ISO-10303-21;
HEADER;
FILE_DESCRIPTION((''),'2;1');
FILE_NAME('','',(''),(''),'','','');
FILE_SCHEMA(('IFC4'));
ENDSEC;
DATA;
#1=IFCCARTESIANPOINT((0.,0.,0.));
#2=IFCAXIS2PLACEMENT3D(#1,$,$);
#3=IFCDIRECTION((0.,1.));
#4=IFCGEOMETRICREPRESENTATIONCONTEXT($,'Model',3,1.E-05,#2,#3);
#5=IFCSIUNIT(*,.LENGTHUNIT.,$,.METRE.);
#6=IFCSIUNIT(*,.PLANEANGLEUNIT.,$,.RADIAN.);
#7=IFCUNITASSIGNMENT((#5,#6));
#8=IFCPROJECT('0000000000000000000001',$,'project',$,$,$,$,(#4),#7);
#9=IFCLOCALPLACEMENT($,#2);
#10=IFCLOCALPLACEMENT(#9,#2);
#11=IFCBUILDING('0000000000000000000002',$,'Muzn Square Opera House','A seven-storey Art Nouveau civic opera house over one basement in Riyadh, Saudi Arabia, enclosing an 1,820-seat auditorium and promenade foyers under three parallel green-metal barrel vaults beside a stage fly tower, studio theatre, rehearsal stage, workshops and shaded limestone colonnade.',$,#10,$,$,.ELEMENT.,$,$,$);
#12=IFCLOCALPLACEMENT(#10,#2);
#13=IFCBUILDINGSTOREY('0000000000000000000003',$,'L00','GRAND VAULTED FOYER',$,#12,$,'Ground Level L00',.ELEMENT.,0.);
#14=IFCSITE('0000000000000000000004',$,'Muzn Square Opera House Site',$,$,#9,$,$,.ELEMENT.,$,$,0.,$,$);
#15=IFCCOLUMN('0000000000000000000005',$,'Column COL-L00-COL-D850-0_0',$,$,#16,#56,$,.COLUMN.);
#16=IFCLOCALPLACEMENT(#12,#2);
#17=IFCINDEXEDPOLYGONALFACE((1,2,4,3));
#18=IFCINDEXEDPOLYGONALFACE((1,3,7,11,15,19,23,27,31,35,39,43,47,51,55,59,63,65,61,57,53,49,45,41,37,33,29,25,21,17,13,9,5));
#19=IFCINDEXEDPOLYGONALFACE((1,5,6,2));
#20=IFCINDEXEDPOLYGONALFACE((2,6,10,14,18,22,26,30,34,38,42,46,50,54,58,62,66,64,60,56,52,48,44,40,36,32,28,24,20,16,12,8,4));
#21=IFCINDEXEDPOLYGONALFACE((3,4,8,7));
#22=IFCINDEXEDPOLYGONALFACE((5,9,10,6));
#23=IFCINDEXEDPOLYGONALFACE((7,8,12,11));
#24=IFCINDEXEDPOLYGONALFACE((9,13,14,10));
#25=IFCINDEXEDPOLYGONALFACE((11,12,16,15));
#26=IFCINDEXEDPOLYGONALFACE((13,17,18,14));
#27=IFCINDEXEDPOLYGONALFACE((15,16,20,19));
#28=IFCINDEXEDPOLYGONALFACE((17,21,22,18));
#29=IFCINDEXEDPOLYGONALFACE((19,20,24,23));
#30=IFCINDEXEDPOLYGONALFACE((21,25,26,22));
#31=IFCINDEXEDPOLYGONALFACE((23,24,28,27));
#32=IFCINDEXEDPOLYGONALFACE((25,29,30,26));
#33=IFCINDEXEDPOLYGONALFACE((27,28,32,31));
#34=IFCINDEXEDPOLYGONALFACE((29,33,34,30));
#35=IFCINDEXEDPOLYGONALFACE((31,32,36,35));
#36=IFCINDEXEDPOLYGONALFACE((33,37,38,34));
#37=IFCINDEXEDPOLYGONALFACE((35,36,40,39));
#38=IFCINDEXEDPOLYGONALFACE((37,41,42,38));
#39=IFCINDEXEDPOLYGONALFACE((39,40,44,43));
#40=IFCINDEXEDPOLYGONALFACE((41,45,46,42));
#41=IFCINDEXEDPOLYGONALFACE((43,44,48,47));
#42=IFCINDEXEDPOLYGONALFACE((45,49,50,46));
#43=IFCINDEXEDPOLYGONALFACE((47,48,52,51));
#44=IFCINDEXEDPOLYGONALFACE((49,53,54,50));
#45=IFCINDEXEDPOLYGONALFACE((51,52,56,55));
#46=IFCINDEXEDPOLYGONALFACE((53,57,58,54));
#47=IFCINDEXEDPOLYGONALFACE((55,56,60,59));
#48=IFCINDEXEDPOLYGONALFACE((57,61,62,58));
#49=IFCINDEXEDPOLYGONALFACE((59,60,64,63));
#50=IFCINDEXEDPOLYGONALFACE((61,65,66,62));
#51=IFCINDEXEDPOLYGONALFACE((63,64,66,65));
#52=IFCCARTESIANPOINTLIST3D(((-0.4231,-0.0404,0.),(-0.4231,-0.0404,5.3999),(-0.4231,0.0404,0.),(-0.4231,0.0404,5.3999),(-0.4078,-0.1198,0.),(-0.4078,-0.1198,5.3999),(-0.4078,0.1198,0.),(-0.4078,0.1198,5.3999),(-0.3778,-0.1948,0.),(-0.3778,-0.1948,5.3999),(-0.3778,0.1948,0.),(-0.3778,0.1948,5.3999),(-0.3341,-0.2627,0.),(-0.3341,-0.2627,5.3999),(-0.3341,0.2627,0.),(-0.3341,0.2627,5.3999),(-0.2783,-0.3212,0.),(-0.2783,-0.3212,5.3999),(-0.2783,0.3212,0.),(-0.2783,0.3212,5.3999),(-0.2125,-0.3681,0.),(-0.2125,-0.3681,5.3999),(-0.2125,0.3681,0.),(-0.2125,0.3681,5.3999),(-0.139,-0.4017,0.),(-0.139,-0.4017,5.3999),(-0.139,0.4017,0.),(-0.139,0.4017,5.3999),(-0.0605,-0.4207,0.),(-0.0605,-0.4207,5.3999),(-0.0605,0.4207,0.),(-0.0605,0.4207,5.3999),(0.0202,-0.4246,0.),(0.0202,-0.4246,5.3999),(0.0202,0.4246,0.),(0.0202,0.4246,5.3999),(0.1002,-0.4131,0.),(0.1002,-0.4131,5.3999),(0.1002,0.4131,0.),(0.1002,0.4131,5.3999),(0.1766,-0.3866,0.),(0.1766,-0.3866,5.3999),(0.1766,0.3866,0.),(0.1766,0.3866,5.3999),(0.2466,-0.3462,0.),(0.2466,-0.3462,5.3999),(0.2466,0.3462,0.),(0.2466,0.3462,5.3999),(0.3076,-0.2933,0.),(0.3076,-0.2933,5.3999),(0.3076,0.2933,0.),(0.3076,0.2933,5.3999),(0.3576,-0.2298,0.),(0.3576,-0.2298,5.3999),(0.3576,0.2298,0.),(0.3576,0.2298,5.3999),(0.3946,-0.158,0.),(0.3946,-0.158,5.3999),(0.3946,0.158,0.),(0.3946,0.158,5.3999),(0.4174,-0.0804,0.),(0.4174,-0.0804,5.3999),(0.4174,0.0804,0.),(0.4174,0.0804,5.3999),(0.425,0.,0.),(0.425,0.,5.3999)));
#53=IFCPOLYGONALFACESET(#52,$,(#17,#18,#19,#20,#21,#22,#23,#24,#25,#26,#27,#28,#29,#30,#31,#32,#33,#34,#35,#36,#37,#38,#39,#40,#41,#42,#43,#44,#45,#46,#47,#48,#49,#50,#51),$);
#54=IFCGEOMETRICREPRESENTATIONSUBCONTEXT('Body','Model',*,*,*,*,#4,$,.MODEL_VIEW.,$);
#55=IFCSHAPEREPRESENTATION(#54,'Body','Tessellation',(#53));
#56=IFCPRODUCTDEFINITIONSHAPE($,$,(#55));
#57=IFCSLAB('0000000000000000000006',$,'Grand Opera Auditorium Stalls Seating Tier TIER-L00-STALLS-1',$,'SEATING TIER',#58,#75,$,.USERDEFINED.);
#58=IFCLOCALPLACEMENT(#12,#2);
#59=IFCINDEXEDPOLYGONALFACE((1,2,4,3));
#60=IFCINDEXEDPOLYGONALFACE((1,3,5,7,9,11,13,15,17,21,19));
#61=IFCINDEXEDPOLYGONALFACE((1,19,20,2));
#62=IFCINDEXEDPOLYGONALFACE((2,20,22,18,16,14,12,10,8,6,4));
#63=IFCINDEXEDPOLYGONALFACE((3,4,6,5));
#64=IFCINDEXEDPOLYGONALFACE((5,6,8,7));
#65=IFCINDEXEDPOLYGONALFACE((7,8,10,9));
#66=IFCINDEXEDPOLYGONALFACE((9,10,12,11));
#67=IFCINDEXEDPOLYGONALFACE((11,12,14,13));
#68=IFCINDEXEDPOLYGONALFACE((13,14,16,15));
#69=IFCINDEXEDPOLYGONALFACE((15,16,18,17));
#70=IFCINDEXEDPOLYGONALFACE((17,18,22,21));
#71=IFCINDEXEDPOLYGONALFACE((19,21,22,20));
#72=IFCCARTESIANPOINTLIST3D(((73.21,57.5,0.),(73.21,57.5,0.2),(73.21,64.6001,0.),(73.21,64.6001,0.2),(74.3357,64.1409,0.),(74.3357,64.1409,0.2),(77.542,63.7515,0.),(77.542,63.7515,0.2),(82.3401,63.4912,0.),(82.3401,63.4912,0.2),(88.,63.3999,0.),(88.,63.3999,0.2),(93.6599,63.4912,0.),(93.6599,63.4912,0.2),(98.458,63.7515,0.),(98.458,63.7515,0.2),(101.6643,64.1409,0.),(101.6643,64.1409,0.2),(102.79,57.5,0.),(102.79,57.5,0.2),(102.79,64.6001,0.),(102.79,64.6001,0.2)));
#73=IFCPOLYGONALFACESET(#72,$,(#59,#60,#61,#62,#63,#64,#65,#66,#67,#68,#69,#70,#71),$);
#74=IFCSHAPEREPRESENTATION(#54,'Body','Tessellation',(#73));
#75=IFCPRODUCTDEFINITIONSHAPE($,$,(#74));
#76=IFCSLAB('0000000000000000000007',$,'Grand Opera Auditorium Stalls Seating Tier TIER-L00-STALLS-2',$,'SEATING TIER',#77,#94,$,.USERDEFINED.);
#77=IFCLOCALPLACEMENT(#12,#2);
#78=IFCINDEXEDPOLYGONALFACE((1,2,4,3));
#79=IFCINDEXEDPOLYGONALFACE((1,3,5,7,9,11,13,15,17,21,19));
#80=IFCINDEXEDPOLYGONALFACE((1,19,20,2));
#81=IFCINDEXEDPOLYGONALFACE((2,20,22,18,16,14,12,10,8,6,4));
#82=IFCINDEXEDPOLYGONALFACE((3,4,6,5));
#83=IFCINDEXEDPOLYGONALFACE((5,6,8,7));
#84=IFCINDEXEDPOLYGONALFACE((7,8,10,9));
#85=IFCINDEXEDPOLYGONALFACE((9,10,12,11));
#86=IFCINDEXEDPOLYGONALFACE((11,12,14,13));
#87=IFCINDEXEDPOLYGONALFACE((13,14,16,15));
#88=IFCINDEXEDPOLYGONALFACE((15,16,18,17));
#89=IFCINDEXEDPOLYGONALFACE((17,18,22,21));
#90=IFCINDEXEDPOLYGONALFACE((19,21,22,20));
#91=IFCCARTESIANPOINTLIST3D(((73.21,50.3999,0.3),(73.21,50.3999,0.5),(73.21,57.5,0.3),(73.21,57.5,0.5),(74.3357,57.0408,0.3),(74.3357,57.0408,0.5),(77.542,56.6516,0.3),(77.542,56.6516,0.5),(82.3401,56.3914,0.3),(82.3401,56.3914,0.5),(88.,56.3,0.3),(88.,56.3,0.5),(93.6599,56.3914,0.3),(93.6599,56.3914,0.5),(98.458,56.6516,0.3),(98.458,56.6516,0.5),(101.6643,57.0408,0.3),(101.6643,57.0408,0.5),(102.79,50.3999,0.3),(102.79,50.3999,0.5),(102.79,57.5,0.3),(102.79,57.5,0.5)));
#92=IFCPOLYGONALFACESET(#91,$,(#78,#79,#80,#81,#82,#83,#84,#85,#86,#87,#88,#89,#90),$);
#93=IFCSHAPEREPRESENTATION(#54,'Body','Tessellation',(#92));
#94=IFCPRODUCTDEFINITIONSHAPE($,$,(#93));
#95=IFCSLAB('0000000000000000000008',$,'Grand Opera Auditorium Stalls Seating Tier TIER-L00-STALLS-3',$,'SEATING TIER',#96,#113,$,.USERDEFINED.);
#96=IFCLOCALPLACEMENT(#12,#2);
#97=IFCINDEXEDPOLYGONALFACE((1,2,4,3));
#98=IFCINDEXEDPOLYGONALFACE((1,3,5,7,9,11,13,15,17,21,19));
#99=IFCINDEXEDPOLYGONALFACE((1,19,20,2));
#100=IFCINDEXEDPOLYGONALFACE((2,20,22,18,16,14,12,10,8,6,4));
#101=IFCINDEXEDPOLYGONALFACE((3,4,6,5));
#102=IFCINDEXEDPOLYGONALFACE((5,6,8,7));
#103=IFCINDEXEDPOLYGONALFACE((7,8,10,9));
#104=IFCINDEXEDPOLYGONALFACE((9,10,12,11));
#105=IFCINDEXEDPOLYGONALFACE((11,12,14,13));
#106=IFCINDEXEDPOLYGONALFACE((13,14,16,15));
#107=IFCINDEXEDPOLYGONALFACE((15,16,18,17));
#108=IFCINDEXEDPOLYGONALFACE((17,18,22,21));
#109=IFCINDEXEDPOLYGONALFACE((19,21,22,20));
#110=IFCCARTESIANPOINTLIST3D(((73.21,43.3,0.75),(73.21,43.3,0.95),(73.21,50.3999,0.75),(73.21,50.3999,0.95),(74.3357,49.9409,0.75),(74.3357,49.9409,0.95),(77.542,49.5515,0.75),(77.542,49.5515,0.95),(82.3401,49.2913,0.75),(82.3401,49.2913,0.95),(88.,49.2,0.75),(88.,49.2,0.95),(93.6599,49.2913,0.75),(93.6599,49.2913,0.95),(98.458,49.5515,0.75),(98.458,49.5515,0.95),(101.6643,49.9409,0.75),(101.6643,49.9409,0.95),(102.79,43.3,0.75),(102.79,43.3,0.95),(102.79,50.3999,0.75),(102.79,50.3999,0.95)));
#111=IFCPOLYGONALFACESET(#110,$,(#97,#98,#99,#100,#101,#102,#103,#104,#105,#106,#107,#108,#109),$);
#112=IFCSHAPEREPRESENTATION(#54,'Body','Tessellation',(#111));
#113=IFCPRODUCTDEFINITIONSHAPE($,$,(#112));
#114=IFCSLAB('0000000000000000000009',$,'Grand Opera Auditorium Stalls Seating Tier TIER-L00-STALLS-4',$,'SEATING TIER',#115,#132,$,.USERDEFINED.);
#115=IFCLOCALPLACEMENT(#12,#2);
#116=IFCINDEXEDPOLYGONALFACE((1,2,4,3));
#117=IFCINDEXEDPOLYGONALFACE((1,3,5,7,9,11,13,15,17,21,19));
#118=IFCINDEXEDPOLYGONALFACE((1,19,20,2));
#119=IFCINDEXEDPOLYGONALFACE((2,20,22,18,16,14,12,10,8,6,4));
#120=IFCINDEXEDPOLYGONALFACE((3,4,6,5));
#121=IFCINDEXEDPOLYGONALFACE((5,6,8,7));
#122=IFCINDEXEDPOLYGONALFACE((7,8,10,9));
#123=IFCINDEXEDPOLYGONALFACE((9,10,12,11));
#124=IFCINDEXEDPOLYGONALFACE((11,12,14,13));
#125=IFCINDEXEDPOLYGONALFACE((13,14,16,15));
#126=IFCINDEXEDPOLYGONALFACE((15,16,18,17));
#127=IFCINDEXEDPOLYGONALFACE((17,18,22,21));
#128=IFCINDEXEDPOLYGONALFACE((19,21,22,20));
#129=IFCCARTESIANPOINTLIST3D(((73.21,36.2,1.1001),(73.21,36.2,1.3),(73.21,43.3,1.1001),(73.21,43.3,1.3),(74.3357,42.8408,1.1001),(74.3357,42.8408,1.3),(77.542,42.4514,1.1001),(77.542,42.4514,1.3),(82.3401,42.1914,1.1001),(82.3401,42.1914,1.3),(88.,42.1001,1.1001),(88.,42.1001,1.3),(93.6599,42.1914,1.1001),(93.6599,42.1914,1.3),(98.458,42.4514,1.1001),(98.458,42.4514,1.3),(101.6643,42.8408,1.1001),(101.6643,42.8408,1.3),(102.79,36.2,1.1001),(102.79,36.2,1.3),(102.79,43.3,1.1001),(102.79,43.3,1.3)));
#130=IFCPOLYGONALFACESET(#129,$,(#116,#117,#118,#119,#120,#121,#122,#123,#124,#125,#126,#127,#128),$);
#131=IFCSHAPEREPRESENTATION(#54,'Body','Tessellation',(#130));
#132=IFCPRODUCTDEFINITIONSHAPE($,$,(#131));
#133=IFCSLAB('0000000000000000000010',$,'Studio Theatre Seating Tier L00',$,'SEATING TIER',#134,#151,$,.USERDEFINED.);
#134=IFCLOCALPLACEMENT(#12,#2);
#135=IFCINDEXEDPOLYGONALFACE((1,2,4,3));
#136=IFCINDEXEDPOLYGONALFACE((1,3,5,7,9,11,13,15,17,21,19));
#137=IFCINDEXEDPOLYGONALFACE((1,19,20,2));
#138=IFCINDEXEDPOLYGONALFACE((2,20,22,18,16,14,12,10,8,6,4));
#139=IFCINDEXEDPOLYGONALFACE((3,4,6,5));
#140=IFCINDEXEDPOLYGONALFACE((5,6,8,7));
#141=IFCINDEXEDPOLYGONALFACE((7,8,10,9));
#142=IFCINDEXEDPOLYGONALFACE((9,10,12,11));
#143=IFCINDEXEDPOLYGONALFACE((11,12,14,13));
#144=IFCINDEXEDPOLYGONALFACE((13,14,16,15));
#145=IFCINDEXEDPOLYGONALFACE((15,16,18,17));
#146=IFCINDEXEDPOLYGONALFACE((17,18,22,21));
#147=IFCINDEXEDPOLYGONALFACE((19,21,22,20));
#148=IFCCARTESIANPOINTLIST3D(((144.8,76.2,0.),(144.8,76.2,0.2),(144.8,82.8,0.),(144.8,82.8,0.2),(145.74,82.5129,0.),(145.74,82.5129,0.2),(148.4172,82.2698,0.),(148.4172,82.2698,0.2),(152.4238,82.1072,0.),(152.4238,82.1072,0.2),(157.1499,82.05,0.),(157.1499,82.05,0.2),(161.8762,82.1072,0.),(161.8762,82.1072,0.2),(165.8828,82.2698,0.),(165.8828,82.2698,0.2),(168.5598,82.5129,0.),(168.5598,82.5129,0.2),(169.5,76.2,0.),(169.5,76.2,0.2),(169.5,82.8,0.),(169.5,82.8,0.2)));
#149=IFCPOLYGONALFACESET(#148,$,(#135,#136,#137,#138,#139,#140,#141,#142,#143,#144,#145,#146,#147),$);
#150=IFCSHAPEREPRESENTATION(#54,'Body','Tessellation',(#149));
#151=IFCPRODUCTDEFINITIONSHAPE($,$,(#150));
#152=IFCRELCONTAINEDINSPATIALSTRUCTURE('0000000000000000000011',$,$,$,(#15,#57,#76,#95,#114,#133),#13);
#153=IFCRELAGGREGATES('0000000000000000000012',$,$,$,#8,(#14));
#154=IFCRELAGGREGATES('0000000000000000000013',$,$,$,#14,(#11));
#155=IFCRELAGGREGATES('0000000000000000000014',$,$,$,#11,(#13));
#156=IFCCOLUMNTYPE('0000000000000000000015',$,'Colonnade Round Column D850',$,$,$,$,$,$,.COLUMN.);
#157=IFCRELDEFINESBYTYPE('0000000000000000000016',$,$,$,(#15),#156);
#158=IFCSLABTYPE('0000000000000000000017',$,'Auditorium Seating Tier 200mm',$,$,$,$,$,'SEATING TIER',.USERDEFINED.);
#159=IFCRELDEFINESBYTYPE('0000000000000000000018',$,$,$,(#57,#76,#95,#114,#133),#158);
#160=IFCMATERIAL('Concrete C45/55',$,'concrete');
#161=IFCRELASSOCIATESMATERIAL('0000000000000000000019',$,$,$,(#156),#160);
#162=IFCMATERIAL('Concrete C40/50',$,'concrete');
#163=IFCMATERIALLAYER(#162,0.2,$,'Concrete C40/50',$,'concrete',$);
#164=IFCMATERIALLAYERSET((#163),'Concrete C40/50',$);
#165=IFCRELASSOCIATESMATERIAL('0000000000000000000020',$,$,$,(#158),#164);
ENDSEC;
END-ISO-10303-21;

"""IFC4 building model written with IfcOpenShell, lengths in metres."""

from ifc_helpers import new_model, si_unit, direction, frame, origin, origin_with_axes, origin_2d, place, context, subcontext, project, spatial, polyline, circle, outline, extrude, material, layer, layer_set, material_profile, profile_set, type_object, element, save


model = new_model("IFC4")

# Units and contexts
model_context = context("Model", 3, precision=1e-05, world=origin(), true_north=direction((0.0, 1.0)))
body_context = subcontext(model_context, "Body", "Model", "MODEL_VIEW")
ifc_project = project(units=[si_unit("LENGTHUNIT", "METRE"), si_unit("PLANEANGLEUNIT", "RADIAN")], contexts=[model_context])

# Site, building, storey
site_placement = place(None, origin())
site = spatial("IfcSite", under=ifc_project, at=site_placement, Name="Muzn Square Opera House Site", CompositionType="ELEMENT", RefElevation=0.0)
building_placement = place(site_placement, origin())
building = spatial("IfcBuilding", under=site, at=building_placement, Name="Muzn Square Opera House", Description="A seven-storey Art Nouveau civic opera house over one basement in Riyadh, Saudi Arabia, enclosing an 1,820-seat auditorium and promenade foyers under three parallel green-metal barrel vaults beside a stage fly tower, studio theatre, rehearsal stage, workshops and shaded limestone colonnade.", CompositionType="ELEMENT")
storey_placement = place(building_placement, origin())
storey = spatial("IfcBuildingStorey", under=building, at=storey_placement, Name="L00", Description="GRAND VAULTED FOYER", LongName="Ground Level L00", CompositionType="ELEMENT", Elevation=0.0)

# Column
ifc_material_1 = material(Name="Concrete C45/55", Category="concrete")
ifc_material_profile = material_profile(ifc_material_1, circle(Radius=0.425, at=origin_2d()), Name="RCC D850", Category="concrete")
ifc_profile_set = profile_set([ifc_material_profile], Name="Concrete C45/55")
column_type = type_object("IfcColumnType", Name="Colonnade Round Column D850", PredefinedType="COLUMN", material=ifc_profile_set)
column_placement = place(storey_placement, origin_with_axes())
element("IfcColumn", 1, at=column_placement, inside=storey, type_object=column_type, Name="Column COL-L00-COL-D850-0_0", PredefinedType="COLUMN", context=body_context, shape_type="SweptSolid", body=[
    extrude(circle(Radius=0.425, at=origin_2d()), origin(), (0.0, 0.0, 1.0), 5.3999),
])

# Slabs
ifc_material_2 = material(Name="Concrete C40/50", Category="concrete")
ifc_layer_1 = layer(ifc_material_2, 0.2, Name="Concrete C40/50", Category="concrete")
ifc_layer_set_1 = layer_set([ifc_layer_1], Name="Concrete C40/50")
slab_type_1 = type_object("IfcSlabType", Name="Auditorium Seating Tier 200mm", ElementType="SEATING TIER", PredefinedType="USERDEFINED", material=ifc_layer_set_1)
slab_1_placement = place(storey_placement, origin())
element("IfcSlab", 2, at=slab_1_placement, inside=storey, type_object=slab_type_1, Name="Grand Opera Auditorium Stalls Seating Tier TIER-L00-STALLS-1", ObjectType="SEATING TIER", PredefinedType="USERDEFINED", context=body_context, shape_type="SweptSolid", body=[
    extrude(outline(polyline([(73.21, 57.5), (102.79, 57.5), (102.79, 64.6001), (101.6643, 64.1409), (98.458, 63.7515), (93.6599, 63.4912), (88.0, 63.3999), (82.3401, 63.4912), (77.542, 63.7515), (74.3357, 64.1409), (73.21, 64.6001), (73.21, 57.5)])), origin(), (0.0, 0.0, 1.0), 0.2),
])
slab_2_placement = place(storey_placement, frame((0.0, 0.0, 0.3)))
element("IfcSlab", 3, at=slab_2_placement, inside=storey, type_object=slab_type_1, Name="Grand Opera Auditorium Stalls Seating Tier TIER-L00-STALLS-2", ObjectType="SEATING TIER", PredefinedType="USERDEFINED", context=body_context, shape_type="SweptSolid", body=[
    extrude(outline(polyline([(73.21, 50.3999), (102.79, 50.3999), (102.79, 57.5), (101.6643, 57.0408), (98.458, 56.6516), (93.6599, 56.3914), (88.0, 56.3), (82.3401, 56.3914), (77.542, 56.6516), (74.3357, 57.0408), (73.21, 57.5), (73.21, 50.3999)])), origin(), (0.0, 0.0, 1.0), 0.2),
])
slab_3_placement = place(storey_placement, frame((0.0, 0.0, 0.75)))
element("IfcSlab", 4, at=slab_3_placement, inside=storey, type_object=slab_type_1, Name="Grand Opera Auditorium Stalls Seating Tier TIER-L00-STALLS-3", ObjectType="SEATING TIER", PredefinedType="USERDEFINED", context=body_context, shape_type="SweptSolid", body=[
    extrude(outline(polyline([(73.21, 43.3), (102.79, 43.3), (102.79, 50.3999), (101.6643, 49.9409), (98.458, 49.5515), (93.6599, 49.2913), (88.0, 49.2), (82.3401, 49.2913), (77.542, 49.5515), (74.3357, 49.9409), (73.21, 50.3999), (73.21, 43.3)])), origin(), (0.0, 0.0, 1.0), 0.2),
])
slab_4_placement = place(storey_placement, frame((0.0, 0.0, 1.1001)))
element("IfcSlab", 5, at=slab_4_placement, inside=storey, type_object=slab_type_1, Name="Grand Opera Auditorium Stalls Seating Tier TIER-L00-STALLS-4", ObjectType="SEATING TIER", PredefinedType="USERDEFINED", context=body_context, shape_type="SweptSolid", body=[
    extrude(outline(polyline([(73.21, 36.2), (102.79, 36.2), (102.79, 43.3), (101.6643, 42.8408), (98.458, 42.4514), (93.6599, 42.1914), (88.0, 42.1001), (82.3401, 42.1914), (77.542, 42.4514), (74.3357, 42.8408), (73.21, 43.3), (73.21, 36.2)])), origin(), (0.0, 0.0, 1.0), 0.2),
])
slab_5_placement = place(storey_placement, origin())
element("IfcSlab", 6, at=slab_5_placement, inside=storey, type_object=slab_type_1, Name="Studio Theatre Seating Tier L00", ObjectType="SEATING TIER", PredefinedType="USERDEFINED", context=body_context, shape_type="SweptSolid", body=[
    extrude(outline(polyline([(144.8, 76.2), (169.5, 76.2), (169.5, 82.8), (168.5598, 82.5129), (165.8828, 82.2698), (161.8762, 82.1072), (157.1499, 82.05), (152.4238, 82.1072), (148.4172, 82.2698), (145.74, 82.5129), (144.8, 82.8), (144.8, 76.2)])), origin(), (0.0, 0.0, 1.0), 0.2),
])

save(model, "model.ifc")
